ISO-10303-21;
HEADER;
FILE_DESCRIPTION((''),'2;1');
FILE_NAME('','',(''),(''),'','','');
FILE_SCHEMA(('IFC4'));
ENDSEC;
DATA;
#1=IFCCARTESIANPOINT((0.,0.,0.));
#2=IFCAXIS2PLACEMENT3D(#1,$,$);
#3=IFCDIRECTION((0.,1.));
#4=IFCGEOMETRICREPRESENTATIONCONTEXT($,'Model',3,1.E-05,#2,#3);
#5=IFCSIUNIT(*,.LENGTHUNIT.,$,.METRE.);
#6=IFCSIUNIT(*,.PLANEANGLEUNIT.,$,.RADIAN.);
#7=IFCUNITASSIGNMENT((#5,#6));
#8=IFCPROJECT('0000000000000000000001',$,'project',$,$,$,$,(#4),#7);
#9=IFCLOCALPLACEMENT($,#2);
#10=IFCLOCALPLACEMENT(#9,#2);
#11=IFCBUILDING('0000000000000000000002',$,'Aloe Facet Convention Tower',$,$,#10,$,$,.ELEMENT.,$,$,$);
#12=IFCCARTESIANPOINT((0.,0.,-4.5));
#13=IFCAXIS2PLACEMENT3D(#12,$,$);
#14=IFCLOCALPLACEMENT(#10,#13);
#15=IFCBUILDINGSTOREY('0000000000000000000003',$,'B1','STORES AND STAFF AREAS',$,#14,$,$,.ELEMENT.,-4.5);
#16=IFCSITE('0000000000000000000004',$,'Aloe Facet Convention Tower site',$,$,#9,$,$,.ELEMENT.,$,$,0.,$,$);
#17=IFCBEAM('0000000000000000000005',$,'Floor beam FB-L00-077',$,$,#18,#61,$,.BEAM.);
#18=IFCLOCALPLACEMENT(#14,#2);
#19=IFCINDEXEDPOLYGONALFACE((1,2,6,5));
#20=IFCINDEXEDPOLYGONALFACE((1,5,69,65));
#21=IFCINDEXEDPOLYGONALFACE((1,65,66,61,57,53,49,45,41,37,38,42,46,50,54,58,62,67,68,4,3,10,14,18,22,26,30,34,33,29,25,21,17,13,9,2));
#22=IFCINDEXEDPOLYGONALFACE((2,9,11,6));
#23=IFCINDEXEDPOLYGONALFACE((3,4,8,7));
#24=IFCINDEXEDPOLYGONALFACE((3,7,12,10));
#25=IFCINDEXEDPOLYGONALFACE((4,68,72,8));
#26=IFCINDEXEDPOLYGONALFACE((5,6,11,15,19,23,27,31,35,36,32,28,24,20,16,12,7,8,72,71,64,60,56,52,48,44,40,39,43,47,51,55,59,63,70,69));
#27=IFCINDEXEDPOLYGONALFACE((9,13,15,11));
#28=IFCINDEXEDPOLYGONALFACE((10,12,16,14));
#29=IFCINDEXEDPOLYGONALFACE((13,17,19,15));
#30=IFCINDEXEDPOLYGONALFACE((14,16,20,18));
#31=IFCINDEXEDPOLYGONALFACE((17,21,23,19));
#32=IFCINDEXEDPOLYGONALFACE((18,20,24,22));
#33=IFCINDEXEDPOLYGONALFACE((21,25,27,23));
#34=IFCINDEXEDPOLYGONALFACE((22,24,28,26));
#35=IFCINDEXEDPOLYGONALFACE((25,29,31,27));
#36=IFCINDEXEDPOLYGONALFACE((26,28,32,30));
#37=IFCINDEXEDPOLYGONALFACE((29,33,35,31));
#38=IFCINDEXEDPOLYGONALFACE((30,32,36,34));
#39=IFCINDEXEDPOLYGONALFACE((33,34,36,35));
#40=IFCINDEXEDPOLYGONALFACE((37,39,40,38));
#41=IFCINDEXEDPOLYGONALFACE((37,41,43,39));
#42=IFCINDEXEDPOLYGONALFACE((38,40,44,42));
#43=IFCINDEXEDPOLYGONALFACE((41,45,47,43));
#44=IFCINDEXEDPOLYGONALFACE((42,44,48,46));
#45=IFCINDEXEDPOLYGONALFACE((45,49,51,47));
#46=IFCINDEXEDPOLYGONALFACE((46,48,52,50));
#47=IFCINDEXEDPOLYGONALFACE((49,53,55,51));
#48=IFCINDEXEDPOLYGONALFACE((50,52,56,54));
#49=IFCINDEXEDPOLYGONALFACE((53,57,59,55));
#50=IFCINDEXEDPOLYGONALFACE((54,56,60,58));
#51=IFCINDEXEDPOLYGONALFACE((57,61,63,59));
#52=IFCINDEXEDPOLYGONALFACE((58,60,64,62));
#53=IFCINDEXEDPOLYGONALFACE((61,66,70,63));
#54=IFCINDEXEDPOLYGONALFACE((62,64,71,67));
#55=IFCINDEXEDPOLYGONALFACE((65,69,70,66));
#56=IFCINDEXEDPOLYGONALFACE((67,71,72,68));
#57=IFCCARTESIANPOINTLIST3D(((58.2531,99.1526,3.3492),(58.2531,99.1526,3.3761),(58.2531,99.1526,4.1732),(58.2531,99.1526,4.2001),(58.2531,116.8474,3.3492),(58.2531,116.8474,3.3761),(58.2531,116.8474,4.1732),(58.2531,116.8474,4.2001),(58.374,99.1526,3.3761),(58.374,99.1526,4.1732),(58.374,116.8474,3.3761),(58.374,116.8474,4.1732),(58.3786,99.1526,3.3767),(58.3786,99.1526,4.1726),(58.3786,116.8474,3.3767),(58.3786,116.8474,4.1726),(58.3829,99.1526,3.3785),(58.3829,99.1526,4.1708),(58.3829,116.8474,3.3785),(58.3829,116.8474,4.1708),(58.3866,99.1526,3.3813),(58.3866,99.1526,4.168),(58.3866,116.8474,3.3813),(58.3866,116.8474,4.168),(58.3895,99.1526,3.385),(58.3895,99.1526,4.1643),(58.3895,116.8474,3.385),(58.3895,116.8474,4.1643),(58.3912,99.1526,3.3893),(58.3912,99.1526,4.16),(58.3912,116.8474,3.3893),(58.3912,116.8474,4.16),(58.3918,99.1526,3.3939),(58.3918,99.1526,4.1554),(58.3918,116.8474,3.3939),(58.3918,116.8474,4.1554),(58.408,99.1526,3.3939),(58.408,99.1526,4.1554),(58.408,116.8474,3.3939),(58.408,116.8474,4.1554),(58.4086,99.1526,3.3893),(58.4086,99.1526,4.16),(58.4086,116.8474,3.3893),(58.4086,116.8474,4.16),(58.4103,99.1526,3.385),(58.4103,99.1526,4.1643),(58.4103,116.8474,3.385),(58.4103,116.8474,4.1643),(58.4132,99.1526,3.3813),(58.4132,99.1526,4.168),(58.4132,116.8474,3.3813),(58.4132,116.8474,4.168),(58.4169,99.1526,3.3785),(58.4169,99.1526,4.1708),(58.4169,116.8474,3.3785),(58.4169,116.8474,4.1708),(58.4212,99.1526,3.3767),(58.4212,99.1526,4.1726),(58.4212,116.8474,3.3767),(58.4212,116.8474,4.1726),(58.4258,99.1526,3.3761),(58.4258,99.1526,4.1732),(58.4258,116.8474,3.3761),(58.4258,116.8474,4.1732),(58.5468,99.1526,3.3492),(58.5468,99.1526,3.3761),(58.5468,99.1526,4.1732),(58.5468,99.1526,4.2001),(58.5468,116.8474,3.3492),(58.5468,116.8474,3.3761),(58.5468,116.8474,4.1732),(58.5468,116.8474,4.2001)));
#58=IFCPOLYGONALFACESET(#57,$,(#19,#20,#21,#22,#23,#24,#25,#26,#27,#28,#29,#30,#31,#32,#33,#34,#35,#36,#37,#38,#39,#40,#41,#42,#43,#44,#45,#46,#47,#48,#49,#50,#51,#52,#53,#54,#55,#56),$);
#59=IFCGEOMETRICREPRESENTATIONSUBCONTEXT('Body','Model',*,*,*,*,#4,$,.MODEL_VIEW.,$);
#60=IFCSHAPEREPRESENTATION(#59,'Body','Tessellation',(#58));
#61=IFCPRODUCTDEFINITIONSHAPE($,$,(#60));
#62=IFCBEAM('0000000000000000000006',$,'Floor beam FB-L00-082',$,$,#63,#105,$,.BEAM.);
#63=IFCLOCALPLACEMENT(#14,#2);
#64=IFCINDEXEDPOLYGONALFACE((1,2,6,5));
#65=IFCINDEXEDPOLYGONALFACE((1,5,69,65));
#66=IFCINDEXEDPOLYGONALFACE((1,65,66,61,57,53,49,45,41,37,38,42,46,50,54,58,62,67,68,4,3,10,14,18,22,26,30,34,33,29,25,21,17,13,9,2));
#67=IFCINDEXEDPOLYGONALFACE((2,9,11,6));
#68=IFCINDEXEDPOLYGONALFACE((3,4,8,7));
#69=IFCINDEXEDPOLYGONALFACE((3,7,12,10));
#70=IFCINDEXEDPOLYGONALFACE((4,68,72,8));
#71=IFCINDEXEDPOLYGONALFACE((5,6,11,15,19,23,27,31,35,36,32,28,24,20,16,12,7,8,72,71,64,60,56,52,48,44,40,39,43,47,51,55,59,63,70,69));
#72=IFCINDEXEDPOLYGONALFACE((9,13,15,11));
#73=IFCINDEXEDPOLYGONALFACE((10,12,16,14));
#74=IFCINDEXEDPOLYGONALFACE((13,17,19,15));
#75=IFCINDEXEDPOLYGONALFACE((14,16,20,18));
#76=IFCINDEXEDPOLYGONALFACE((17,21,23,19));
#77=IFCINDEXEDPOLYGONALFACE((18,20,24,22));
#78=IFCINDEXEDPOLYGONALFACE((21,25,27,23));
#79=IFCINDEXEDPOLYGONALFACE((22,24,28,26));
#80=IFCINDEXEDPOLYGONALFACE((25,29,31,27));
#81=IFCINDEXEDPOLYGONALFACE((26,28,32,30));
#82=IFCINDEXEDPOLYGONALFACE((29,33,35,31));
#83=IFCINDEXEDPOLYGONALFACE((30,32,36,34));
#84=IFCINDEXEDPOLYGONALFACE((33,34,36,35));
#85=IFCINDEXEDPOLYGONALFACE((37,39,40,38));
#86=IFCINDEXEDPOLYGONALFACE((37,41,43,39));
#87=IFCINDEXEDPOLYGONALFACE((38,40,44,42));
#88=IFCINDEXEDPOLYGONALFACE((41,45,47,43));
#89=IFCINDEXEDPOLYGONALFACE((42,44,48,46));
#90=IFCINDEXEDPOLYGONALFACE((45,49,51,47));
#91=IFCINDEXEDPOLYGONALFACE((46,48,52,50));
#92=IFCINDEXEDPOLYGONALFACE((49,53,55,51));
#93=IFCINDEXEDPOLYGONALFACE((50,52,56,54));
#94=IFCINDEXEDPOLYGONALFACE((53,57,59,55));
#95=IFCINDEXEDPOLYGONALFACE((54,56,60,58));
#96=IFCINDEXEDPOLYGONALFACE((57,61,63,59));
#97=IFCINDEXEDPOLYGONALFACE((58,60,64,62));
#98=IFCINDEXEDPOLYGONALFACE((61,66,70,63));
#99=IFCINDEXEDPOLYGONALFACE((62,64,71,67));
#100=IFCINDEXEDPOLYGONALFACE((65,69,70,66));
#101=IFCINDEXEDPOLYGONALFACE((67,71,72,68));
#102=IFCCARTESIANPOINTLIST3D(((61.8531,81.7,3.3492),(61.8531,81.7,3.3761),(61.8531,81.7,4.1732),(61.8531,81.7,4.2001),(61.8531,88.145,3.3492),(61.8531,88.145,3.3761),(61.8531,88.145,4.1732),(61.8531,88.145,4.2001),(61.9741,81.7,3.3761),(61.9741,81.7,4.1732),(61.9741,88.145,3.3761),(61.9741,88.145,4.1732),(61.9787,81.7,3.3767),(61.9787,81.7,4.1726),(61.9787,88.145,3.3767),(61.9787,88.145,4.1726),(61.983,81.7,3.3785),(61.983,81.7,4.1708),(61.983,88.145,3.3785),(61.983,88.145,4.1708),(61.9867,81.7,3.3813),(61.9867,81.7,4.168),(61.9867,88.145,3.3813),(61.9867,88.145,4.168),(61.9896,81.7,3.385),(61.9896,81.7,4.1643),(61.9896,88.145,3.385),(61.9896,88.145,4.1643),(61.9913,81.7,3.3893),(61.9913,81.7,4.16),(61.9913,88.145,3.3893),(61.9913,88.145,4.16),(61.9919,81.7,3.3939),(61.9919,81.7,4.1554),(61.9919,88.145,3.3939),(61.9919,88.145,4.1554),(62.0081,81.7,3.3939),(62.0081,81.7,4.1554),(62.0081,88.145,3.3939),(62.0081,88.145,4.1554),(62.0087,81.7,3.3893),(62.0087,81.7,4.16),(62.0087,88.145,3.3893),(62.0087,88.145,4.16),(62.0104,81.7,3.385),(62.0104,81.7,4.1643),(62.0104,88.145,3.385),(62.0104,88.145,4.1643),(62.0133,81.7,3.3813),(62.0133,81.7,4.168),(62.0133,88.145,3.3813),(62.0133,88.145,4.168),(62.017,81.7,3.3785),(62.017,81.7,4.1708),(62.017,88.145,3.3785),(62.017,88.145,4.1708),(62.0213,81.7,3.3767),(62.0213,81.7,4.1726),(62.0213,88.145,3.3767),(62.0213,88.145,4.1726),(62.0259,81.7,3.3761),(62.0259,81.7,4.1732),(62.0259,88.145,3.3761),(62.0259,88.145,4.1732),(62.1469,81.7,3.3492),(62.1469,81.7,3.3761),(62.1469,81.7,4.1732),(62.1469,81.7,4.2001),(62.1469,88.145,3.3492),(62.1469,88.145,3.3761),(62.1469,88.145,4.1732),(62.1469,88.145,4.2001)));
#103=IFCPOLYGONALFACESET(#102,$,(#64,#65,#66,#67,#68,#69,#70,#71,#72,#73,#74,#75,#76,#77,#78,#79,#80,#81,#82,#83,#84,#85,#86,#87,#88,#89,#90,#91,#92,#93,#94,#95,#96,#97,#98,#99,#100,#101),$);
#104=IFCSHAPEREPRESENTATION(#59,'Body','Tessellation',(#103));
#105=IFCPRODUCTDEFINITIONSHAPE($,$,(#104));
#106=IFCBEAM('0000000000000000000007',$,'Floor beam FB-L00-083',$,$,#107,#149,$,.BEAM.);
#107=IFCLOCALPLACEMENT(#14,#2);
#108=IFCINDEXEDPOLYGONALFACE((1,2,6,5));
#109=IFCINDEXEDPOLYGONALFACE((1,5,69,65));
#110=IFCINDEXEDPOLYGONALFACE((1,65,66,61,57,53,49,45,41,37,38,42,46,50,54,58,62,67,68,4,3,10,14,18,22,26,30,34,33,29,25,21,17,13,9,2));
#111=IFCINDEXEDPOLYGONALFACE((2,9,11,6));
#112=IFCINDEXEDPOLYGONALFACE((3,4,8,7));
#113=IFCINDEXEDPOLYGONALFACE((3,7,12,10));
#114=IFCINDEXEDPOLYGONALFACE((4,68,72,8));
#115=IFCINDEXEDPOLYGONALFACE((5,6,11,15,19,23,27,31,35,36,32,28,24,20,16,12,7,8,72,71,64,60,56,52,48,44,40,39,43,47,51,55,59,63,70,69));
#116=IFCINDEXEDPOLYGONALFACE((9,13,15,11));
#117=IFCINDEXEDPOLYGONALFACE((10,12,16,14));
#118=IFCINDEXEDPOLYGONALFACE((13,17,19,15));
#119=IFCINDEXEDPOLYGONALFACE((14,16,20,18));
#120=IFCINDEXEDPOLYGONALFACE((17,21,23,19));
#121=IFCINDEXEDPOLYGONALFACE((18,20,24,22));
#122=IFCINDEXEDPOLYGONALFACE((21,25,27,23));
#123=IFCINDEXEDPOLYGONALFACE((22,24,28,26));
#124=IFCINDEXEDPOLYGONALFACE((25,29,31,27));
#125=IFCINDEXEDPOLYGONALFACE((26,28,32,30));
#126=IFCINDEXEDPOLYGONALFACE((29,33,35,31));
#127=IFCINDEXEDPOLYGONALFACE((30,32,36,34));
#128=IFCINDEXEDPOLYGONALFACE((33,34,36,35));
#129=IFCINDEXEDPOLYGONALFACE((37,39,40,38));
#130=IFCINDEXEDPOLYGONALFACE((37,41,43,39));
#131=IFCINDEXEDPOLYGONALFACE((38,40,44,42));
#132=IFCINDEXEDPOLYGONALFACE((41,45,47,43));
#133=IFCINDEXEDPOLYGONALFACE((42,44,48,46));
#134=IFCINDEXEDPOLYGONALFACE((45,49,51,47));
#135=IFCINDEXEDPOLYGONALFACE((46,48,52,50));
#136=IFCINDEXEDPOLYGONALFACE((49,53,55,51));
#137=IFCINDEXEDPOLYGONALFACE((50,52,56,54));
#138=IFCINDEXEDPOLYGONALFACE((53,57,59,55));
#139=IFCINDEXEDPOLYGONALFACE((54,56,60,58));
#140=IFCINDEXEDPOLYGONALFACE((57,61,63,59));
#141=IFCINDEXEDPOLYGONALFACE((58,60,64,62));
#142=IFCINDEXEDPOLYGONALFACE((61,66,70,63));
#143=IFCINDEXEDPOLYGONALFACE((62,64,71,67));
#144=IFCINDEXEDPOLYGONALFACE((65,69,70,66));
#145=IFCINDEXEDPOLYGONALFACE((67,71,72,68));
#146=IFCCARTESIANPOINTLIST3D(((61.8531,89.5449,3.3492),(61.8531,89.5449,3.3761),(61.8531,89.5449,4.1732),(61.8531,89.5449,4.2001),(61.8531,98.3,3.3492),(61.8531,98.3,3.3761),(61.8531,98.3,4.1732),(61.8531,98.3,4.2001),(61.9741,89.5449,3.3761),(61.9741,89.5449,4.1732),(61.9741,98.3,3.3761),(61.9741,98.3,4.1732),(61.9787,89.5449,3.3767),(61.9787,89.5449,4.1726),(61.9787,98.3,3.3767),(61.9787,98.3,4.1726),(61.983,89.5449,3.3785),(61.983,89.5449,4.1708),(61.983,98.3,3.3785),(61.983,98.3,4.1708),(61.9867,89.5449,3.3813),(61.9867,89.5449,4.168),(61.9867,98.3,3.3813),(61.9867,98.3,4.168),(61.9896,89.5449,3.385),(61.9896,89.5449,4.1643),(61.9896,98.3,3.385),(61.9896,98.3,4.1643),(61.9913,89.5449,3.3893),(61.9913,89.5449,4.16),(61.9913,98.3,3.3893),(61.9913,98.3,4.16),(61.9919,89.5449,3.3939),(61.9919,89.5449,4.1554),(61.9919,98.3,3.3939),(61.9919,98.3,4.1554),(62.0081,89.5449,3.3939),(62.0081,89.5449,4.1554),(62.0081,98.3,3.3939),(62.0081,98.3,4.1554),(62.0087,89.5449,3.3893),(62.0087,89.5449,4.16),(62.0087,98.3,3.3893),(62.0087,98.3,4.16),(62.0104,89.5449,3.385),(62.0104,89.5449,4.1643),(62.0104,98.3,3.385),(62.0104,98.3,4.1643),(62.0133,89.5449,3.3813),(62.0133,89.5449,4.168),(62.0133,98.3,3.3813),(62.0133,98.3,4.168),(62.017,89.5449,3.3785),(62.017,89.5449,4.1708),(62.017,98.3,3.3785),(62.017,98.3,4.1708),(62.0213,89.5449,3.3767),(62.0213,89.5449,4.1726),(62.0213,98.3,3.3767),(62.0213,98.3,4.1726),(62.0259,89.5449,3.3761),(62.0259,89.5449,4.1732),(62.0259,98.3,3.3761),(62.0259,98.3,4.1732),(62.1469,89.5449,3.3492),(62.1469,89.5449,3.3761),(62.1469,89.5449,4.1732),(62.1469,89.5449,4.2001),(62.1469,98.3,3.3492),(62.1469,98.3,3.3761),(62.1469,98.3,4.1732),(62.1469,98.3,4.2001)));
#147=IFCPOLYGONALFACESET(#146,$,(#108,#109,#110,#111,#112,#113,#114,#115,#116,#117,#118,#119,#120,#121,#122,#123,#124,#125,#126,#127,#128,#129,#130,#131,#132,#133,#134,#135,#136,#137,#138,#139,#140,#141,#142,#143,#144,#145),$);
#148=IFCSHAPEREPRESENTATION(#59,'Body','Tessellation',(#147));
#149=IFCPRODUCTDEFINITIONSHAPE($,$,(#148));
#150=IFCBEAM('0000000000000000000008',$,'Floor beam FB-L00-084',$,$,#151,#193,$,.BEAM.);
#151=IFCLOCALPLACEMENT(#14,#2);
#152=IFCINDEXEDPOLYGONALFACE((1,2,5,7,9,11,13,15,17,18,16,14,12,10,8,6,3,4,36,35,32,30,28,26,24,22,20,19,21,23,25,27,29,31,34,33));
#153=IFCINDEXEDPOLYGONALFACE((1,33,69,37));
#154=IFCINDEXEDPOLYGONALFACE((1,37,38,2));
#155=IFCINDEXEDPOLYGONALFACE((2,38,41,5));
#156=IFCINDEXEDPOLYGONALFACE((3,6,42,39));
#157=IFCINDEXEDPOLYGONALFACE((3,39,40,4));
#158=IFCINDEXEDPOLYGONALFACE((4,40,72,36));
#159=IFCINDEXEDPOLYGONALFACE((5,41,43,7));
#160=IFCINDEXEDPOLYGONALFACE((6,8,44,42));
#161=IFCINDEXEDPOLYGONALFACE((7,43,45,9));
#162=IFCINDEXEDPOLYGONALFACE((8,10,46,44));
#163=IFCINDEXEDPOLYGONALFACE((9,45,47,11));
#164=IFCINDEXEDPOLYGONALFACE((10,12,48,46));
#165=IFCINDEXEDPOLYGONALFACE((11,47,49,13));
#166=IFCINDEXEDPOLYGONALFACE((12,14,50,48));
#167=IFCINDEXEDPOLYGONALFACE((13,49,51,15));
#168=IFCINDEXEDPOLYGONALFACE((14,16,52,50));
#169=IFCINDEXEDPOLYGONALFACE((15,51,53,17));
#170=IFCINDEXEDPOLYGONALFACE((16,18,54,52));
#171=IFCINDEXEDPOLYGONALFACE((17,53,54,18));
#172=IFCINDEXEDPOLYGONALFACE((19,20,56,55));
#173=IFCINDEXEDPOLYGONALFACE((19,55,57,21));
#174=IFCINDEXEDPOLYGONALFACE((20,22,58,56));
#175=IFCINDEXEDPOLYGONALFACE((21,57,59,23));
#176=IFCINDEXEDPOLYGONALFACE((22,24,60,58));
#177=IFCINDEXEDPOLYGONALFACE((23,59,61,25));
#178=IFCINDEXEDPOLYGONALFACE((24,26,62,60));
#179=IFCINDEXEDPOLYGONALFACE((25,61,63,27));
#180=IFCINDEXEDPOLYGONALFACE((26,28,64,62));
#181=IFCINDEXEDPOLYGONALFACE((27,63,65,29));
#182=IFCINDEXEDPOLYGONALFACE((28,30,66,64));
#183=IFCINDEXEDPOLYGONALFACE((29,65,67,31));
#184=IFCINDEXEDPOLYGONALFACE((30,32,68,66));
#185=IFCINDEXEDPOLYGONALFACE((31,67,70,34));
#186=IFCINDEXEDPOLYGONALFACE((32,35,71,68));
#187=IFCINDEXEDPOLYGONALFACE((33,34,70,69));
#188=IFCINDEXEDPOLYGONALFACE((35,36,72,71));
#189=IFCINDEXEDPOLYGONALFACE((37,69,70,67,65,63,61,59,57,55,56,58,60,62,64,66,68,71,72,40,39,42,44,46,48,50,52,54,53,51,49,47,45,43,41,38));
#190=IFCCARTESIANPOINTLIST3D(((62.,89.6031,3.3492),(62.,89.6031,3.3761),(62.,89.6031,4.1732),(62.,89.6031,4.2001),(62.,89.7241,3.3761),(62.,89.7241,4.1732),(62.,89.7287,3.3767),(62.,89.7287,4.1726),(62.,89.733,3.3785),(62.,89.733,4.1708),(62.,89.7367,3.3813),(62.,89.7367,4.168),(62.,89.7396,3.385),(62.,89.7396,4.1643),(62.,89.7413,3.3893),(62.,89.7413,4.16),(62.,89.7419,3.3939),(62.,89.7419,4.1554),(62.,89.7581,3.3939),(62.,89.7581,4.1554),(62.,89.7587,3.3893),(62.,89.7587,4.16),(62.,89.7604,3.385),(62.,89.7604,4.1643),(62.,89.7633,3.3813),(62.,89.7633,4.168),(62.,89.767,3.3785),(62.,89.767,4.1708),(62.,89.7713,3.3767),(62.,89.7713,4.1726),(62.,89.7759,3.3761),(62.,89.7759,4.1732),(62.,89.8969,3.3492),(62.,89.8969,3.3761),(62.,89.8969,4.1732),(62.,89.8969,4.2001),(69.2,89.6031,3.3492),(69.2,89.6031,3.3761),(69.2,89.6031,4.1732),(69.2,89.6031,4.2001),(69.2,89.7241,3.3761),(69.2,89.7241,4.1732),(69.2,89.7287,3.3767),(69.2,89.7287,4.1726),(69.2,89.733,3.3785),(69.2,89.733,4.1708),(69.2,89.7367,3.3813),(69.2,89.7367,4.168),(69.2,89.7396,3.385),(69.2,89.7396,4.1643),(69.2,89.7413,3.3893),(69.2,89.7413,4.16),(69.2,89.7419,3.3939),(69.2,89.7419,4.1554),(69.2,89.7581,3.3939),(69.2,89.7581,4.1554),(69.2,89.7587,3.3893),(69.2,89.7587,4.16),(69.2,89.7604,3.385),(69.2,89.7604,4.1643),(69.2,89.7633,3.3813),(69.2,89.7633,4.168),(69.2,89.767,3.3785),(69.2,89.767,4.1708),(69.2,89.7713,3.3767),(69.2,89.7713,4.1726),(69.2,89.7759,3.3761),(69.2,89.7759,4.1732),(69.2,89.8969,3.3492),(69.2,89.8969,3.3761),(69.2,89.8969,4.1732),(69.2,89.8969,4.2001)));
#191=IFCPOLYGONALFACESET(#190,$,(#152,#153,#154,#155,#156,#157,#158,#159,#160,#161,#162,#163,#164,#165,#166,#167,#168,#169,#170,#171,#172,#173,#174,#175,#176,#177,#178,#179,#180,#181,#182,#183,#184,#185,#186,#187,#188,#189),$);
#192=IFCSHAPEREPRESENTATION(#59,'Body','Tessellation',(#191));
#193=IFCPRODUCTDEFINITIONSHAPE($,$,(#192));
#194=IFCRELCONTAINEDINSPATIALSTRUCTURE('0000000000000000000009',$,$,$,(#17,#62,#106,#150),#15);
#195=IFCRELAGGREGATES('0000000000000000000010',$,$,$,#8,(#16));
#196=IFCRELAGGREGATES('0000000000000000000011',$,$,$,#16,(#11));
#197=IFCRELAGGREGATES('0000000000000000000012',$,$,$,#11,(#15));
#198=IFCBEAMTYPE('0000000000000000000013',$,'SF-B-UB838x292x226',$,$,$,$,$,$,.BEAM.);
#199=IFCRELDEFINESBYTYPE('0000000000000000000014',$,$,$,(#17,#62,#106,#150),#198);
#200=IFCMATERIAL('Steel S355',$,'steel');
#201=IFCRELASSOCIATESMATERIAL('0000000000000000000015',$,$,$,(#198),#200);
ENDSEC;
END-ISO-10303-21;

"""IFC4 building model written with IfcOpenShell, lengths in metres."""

from ifc_helpers import new_model, si_unit, direction, frame, origin, origin_2d, place, context, subcontext, project, spatial, i_section, extrude, material, material_profile, profile_set, type_object, element, save


model = new_model("IFC4")

# Units and contexts
model_context = context("Model", 3, precision=1e-05, world=origin(), true_north=direction((0.0, 1.0)))
body_context = subcontext(model_context, "Body", "Model", "MODEL_VIEW")
ifc_project = project(units=[si_unit("LENGTHUNIT", "METRE"), si_unit("PLANEANGLEUNIT", "RADIAN")], contexts=[model_context])

# Site, building, storey
site_placement = place(None, origin())
site = spatial("IfcSite", under=ifc_project, at=site_placement, Name="Aloe Facet Convention Tower site", CompositionType="ELEMENT", RefElevation=0.0)
building_placement = place(site_placement, origin())
building = spatial("IfcBuilding", under=site, at=building_placement, Name="Aloe Facet Convention Tower", CompositionType="ELEMENT")
storey_placement = place(building_placement, frame((0.0, 0.0, -4.5)))
storey = spatial("IfcBuildingStorey", under=building, at=storey_placement, Name="B1", Description="STORES AND STAFF AREAS", CompositionType="ELEMENT", Elevation=-4.5)

# Beams
ifc_material_1 = material(Name="Steel S355", Category="steel")
ifc_material_profile_1 = material_profile(ifc_material_1, i_section(OverallWidth=0.2937, OverallDepth=0.8508, WebThickness=0.0161, FlangeThickness=0.0269, FilletRadius=0.0178, at=origin_2d()), Name="UB 838x292x226")
ifc_profile_set_1 = profile_set([ifc_material_profile_1], Name="Steel S355")
beam_type_1 = type_object("IfcBeamType", Name="SF-B-UB838x292x226", PredefinedType="BEAM", material=ifc_profile_set_1)
for number, where, z_axis, x_axis, name in (
    (1, (58.3999, 99.1526, 3.7747), (0.0, 1.0, 0.0), (-1.0, 0.0, 0.0), "Floor beam FB-L00-077"),
):
    element("IfcBeam", number, at=place(storey_placement, frame(where, z_axis=z_axis, x_axis=x_axis)), inside=storey, type_object=beam_type_1, Name=name, PredefinedType="BEAM", context=body_context, shape_type="SweptSolid", body=[
        extrude(i_section(OverallWidth=0.2937, OverallDepth=0.8508, WebThickness=0.0161, FlangeThickness=0.0269, FilletRadius=0.0178, at=origin_2d()), origin(), (0.0, 0.0, 1.0), 17.6948),
    ])
beam_1_placement = place(storey_placement, frame((62.0, 81.7, 3.7747), z_axis=(0.0, 1.0, 0.0), x_axis=(-1.0, 0.0, 0.0)))
element("IfcBeam", 2, at=beam_1_placement, inside=storey, type_object=beam_type_1, Name="Floor beam FB-L00-082", PredefinedType="BEAM", context=body_context, shape_type="SweptSolid", body=[
    extrude(i_section(OverallWidth=0.2937, OverallDepth=0.8508, WebThickness=0.0161, FlangeThickness=0.0269, FilletRadius=0.0178, at=origin_2d()), origin(), (0.0, 0.0, 1.0), 6.4451),
])
beam_2_placement = place(storey_placement, frame((62.0, 89.5449, 3.7747), z_axis=(0.0, 1.0, 0.0), x_axis=(-1.0, 0.0, 0.0)))
element("IfcBeam", 3, at=beam_2_placement, inside=storey, type_object=beam_type_1, Name="Floor beam FB-L00-083", PredefinedType="BEAM", context=body_context, shape_type="SweptSolid", body=[
    extrude(i_section(OverallWidth=0.2937, OverallDepth=0.8508, WebThickness=0.0161, FlangeThickness=0.0269, FilletRadius=0.0178, at=origin_2d()), origin(), (0.0, 0.0, 1.0), 8.7551),
])
beam_3_placement = place(storey_placement, frame((62.0, 89.75, 3.7747), z_axis=(1.0, 0.0, 0.0), x_axis=(0.0, 1.0, 0.0)))
element("IfcBeam", 4, at=beam_3_placement, inside=storey, type_object=beam_type_1, Name="Floor beam FB-L00-084", PredefinedType="BEAM", context=body_context, shape_type="SweptSolid", body=[
    extrude(i_section(OverallWidth=0.2937, OverallDepth=0.8508, WebThickness=0.0161, FlangeThickness=0.0269, FilletRadius=0.0178, at=origin_2d()), origin(), (0.0, 0.0, 1.0), 7.2),
])

save(model, "model.ifc")
